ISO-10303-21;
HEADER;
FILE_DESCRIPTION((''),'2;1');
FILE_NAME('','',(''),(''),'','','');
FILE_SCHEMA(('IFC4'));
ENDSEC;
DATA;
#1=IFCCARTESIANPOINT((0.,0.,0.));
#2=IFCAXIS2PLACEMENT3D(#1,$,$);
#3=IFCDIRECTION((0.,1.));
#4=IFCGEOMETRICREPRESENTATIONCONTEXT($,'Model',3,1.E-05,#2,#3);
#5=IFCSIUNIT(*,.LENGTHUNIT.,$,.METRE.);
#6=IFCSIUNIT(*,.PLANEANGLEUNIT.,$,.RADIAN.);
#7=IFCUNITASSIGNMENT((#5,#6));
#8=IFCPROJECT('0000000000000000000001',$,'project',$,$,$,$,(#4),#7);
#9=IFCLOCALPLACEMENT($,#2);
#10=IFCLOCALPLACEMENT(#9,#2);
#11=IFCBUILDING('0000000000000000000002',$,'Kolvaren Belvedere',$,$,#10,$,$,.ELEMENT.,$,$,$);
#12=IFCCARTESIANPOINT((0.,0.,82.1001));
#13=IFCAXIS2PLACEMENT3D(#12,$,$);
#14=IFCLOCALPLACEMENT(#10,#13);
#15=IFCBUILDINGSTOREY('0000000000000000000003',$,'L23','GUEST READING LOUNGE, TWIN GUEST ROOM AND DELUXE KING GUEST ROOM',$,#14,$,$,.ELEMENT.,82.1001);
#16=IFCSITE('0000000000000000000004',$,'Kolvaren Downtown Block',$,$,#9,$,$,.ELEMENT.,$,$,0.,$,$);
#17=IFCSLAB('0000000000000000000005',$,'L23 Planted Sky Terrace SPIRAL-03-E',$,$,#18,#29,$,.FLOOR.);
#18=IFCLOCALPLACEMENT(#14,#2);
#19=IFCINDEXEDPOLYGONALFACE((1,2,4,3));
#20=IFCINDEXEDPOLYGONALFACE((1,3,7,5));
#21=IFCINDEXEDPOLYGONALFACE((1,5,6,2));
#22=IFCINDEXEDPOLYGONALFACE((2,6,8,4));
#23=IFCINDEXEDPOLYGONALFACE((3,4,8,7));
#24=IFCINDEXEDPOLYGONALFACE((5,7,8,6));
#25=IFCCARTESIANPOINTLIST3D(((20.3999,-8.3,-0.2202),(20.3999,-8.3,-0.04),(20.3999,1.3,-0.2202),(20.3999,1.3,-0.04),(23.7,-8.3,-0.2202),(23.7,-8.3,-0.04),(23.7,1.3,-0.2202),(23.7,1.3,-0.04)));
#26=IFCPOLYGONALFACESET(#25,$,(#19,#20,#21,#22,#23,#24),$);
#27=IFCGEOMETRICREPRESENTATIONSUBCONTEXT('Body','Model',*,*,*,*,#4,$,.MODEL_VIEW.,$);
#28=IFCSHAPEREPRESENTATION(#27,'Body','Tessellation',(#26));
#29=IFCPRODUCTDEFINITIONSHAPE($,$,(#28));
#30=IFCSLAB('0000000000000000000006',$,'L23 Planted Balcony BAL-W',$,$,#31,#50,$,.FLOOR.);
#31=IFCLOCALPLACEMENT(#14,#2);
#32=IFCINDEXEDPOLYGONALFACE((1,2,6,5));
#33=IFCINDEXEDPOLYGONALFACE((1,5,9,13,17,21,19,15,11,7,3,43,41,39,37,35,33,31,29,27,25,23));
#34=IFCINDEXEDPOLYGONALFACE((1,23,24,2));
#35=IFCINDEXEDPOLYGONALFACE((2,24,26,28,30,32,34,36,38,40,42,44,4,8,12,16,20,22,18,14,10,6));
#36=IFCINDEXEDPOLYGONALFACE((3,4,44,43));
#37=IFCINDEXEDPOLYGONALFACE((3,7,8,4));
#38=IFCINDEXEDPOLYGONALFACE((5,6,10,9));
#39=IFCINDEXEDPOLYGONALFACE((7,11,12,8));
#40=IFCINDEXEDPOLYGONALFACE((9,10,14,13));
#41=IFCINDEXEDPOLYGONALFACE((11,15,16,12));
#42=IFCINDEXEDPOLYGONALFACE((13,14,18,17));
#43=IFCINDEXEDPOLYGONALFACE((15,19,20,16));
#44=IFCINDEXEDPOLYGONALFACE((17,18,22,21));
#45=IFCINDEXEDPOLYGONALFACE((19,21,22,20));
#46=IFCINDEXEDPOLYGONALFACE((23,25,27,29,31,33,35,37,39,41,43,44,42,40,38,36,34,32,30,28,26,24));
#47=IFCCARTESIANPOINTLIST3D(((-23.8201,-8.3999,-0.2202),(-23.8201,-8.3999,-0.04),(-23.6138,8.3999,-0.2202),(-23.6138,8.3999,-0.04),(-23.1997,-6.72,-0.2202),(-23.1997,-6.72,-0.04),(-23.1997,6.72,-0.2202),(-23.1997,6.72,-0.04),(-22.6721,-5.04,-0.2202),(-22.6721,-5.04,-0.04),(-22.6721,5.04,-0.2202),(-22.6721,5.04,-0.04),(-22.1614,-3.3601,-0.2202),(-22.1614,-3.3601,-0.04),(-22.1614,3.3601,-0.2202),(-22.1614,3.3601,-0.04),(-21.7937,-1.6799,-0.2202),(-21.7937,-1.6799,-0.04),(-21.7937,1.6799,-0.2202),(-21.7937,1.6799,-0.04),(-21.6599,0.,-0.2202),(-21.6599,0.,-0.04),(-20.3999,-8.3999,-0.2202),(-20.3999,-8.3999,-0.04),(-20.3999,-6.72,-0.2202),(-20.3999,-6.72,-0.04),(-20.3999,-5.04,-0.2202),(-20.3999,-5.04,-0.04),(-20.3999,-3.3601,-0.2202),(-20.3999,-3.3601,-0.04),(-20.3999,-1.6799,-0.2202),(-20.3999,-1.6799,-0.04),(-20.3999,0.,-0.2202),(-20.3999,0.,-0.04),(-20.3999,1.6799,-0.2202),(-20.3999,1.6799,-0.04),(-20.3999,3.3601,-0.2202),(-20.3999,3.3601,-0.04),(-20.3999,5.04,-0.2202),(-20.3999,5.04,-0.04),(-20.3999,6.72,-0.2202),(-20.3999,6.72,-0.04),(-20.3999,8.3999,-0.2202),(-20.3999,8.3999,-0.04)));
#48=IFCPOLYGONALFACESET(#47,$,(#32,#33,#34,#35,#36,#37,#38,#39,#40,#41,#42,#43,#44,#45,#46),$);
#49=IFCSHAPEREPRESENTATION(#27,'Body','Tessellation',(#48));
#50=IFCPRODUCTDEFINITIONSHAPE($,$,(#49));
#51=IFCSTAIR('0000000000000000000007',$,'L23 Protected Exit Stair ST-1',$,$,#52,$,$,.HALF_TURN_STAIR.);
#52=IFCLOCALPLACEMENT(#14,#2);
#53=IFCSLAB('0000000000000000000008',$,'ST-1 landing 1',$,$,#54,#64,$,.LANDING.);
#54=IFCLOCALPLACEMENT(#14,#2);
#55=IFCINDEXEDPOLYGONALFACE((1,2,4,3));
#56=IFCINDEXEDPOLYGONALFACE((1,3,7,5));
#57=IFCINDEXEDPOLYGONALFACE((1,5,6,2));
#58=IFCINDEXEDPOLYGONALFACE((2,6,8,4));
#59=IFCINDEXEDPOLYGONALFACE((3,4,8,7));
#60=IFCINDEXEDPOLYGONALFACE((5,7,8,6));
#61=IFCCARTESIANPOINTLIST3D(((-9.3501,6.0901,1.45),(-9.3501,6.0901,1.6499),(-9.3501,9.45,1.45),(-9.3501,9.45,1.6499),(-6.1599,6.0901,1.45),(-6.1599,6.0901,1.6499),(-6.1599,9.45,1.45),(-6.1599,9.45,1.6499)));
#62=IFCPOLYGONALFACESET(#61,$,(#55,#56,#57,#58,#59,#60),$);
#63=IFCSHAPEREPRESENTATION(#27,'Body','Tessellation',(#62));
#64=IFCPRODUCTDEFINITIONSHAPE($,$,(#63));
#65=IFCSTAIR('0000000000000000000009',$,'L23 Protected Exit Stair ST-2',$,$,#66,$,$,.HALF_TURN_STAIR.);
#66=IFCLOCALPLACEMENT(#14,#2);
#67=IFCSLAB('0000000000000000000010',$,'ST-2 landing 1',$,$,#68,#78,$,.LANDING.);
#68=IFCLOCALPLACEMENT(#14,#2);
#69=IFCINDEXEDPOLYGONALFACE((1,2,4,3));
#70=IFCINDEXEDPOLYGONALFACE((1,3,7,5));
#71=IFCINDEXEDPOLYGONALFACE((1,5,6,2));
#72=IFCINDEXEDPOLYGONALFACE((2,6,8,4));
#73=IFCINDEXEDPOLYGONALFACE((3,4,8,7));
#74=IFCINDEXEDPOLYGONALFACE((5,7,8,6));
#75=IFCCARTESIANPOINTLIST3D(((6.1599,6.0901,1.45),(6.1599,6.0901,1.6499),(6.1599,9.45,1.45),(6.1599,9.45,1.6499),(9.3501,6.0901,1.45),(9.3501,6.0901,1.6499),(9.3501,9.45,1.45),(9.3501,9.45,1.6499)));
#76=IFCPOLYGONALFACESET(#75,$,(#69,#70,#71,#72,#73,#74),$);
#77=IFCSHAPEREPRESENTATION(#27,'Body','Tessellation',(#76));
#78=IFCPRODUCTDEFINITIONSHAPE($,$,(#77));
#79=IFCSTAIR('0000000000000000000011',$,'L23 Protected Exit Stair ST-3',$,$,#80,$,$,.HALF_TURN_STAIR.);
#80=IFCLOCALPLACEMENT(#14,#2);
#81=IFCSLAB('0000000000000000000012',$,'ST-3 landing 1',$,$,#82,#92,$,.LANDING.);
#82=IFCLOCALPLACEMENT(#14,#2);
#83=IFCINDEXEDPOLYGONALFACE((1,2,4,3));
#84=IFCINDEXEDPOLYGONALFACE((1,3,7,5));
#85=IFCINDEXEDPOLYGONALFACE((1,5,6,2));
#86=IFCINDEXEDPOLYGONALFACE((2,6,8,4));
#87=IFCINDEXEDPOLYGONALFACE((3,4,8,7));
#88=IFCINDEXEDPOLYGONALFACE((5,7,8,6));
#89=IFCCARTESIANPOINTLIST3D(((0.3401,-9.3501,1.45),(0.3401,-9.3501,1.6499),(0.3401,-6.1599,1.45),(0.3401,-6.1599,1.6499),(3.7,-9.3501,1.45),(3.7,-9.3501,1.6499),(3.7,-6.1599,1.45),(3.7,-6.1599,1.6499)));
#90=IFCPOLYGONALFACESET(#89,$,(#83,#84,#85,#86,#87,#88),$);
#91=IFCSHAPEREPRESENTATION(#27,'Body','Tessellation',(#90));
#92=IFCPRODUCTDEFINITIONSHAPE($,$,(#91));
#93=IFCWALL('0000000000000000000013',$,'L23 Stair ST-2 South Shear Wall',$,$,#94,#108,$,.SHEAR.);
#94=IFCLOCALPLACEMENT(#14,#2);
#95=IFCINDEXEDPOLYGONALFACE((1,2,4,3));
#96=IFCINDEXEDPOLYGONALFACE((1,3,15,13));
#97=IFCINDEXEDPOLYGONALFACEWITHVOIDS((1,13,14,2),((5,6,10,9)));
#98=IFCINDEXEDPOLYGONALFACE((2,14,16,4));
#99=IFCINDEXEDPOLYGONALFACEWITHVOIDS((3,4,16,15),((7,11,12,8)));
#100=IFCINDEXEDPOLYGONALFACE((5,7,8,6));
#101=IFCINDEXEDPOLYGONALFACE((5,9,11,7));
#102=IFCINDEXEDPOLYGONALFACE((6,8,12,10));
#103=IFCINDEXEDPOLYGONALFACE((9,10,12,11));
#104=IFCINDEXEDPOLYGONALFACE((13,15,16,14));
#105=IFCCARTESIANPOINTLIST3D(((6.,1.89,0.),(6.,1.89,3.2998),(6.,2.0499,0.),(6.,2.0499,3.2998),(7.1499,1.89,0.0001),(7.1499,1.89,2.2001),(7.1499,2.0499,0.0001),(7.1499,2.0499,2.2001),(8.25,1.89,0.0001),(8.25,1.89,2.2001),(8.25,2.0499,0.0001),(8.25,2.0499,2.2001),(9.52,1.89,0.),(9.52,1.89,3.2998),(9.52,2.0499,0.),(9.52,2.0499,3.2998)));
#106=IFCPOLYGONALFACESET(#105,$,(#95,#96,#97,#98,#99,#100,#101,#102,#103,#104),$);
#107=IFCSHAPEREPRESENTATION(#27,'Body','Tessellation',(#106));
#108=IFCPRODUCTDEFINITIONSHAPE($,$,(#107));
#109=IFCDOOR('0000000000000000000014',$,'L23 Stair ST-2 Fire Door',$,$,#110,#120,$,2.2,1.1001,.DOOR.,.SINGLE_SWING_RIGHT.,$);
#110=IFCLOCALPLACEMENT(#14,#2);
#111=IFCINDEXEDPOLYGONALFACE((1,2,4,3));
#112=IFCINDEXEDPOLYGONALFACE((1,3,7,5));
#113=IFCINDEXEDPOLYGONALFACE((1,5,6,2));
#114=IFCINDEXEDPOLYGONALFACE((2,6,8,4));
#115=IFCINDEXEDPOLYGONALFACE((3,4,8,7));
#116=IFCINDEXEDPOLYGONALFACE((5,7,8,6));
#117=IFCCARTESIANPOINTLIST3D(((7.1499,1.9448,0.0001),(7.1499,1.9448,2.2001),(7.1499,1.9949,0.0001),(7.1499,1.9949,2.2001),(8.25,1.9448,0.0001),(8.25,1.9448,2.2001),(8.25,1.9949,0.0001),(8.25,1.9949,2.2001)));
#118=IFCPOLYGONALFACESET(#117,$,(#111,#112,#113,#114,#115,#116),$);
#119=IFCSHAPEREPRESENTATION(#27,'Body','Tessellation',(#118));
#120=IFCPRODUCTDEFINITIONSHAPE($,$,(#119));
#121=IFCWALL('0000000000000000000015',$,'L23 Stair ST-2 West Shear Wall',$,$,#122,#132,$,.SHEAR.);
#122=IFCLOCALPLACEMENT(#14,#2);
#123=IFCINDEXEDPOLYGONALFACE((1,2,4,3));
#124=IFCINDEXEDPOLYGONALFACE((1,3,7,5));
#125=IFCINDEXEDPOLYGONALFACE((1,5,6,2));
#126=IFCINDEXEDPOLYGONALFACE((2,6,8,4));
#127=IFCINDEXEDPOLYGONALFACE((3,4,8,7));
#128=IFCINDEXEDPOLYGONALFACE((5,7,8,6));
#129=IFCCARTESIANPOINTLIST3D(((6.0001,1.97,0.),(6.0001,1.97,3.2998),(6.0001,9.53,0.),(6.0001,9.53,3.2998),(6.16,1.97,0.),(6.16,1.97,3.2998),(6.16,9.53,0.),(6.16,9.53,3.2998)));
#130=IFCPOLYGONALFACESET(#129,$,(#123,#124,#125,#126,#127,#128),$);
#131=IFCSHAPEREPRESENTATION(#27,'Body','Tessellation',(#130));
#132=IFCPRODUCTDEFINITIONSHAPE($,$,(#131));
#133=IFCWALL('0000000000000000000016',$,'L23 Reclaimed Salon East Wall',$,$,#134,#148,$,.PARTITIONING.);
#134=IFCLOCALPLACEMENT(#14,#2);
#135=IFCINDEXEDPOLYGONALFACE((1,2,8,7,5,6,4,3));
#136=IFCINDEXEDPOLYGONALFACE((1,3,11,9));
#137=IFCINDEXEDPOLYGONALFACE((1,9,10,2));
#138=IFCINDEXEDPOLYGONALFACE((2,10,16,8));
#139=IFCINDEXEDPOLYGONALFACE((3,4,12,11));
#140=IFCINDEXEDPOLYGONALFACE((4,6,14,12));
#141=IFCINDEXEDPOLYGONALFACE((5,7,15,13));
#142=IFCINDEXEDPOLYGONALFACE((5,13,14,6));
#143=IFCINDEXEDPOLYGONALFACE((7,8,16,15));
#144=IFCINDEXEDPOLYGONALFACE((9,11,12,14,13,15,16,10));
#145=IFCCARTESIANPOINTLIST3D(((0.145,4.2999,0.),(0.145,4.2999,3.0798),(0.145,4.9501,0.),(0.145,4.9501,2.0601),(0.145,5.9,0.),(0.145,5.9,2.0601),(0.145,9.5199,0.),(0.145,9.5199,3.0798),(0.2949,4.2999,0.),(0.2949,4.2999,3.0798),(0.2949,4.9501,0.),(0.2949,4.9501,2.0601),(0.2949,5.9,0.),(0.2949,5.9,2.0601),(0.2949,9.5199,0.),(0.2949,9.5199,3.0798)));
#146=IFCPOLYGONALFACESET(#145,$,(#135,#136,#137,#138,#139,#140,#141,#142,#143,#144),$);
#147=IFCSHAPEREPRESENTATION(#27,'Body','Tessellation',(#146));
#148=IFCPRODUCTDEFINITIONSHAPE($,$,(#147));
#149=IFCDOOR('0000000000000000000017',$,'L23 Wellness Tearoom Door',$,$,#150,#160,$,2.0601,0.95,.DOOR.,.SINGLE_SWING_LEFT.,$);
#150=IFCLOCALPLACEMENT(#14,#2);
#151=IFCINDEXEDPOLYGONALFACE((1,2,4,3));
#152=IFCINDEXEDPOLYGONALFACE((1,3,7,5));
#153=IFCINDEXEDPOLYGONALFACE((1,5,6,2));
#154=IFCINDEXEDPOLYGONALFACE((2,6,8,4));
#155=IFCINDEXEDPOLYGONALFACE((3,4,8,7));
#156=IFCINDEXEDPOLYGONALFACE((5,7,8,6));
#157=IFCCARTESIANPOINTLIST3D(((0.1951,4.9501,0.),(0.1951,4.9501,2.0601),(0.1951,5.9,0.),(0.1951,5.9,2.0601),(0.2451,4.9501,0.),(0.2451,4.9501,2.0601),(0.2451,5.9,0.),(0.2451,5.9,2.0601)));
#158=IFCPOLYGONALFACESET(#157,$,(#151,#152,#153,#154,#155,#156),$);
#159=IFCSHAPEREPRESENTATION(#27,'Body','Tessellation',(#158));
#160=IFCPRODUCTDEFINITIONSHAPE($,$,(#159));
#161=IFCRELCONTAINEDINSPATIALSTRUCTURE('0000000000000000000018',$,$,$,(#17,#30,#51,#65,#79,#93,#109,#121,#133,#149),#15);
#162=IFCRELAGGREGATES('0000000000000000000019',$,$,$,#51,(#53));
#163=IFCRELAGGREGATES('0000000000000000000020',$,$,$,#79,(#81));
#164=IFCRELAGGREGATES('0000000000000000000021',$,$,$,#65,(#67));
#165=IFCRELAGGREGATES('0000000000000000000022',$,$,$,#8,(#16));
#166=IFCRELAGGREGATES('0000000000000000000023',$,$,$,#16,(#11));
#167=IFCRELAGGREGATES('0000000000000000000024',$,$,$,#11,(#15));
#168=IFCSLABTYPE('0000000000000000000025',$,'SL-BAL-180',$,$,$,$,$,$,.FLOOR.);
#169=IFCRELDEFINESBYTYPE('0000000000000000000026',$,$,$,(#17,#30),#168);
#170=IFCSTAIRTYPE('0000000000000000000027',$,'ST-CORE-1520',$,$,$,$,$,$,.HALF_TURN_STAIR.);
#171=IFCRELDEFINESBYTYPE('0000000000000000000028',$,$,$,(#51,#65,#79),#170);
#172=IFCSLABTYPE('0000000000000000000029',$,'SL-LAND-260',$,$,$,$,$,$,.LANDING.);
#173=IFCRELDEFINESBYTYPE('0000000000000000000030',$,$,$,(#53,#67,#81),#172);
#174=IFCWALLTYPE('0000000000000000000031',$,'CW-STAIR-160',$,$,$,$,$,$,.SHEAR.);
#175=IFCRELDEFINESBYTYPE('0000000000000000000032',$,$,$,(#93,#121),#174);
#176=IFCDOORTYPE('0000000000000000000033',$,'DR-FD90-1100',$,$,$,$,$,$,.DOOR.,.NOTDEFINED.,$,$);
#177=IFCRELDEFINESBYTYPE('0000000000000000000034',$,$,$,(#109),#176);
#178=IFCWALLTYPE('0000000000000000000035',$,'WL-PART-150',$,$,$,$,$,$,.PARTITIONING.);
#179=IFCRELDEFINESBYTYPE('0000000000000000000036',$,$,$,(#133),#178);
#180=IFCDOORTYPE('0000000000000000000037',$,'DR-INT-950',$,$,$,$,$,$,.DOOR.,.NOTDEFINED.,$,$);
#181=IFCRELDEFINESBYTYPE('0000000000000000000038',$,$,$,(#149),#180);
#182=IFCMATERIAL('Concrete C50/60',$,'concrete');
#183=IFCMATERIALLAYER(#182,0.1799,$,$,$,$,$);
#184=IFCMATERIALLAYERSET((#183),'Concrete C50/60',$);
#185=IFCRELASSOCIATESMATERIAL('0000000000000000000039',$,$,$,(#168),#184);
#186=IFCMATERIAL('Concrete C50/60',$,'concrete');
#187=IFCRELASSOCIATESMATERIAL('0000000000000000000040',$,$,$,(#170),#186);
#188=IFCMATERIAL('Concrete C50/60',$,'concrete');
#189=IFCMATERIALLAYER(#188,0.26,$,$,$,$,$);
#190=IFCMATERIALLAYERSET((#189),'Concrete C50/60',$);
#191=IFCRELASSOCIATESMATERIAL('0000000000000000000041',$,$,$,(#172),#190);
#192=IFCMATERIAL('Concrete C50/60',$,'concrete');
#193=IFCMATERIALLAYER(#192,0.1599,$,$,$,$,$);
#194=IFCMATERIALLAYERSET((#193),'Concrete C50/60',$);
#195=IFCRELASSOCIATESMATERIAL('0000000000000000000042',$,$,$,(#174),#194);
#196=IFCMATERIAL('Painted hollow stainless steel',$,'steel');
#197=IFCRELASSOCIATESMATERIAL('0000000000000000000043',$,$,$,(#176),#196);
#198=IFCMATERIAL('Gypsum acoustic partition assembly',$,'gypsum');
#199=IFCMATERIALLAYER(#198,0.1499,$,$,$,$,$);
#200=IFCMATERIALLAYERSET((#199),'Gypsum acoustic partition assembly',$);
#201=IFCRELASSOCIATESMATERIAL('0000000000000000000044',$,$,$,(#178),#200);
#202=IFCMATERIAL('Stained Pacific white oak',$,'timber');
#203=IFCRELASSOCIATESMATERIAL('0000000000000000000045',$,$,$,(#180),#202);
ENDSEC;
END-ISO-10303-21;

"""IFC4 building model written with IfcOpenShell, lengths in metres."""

from ifc_helpers import new_model, si_unit, direction, frame, frame_2d, origin, place, context, subcontext, project, spatial, polyline, rectangle, outline, extrude, material, layer, layer_set, type_object, element, fill, aggregate, save


model = new_model("IFC4")

# Units and contexts
model_context = context("Model", 3, precision=1e-05, world=origin(), true_north=direction((0.0, 1.0)))
body_context = subcontext(model_context, "Body", "Model", "MODEL_VIEW")
ifc_project = project(units=[si_unit("LENGTHUNIT", "METRE"), si_unit("PLANEANGLEUNIT", "RADIAN")], contexts=[model_context])

# Site, building, storey
site_placement = place(None, origin())
site = spatial("IfcSite", under=ifc_project, at=site_placement, Name="Kolvaren Downtown Block", CompositionType="ELEMENT", RefElevation=0.0)
building_placement = place(site_placement, origin())
building = spatial("IfcBuilding", under=site, at=building_placement, Name="Kolvaren Belvedere", CompositionType="ELEMENT")
storey_placement = place(building_placement, frame((0.0, 0.0, 82.1001)))
storey = spatial("IfcBuildingStorey", under=building, at=storey_placement, Name="L23", Description="GUEST READING LOUNGE, TWIN GUEST ROOM AND DELUXE KING GUEST ROOM", CompositionType="ELEMENT", Elevation=82.1001)

# Slabs
ifc_material_1 = material(Name="Concrete C50/60", Category="concrete")
ifc_layer_1 = layer(ifc_material_1, 0.1799)
ifc_layer_set_1 = layer_set([ifc_layer_1], Name="Concrete C50/60")
slab_type_1 = type_object("IfcSlabType", Name="SL-BAL-180", PredefinedType="FLOOR", material=ifc_layer_set_1)
slab_1_placement = place(storey_placement, frame((0.0, 0.0, -0.2202)))
element("IfcSlab", 1, at=slab_1_placement, inside=storey, type_object=slab_type_1, Name="L23 Planted Sky Terrace SPIRAL-03-E", PredefinedType="FLOOR", context=body_context, shape_type="SweptSolid", body=[
    extrude(outline(polyline([(20.3999, -8.3), (23.7, -8.3), (23.7, 1.3), (20.3999, 1.3), (20.3999, -8.3)])), origin(), (0.0, 0.0, 1.0), 0.1802),
])
slab_2_placement = place(storey_placement, frame((0.0, 0.0, -0.2202)))
element("IfcSlab", 2, at=slab_2_placement, inside=storey, type_object=slab_type_1, Name="L23 Planted Balcony BAL-W", PredefinedType="FLOOR", context=body_context, shape_type="SweptSolid", body=[
    extrude(outline(polyline([(-23.6138, 8.3999), (-23.1997, 6.72), (-22.6721, 5.04), (-22.1614, 3.3601), (-21.7937, 1.6799), (-21.6599, 0.0), (-21.7937, -1.6799), (-22.1614, -3.3601), (-22.6721, -5.04), (-23.1997, -6.72), (-23.8201, -8.3999), (-20.3999, -8.3999), (-20.3999, -6.72), (-20.3999, -5.04), (-20.3999, -3.3601), (-20.3999, -1.6799), (-20.3999, 0.0), (-20.3999, 1.6799), (-20.3999, 3.3601), (-20.3999, 5.04), (-20.3999, 6.72), (-20.3999, 8.3999), (-23.6138, 8.3999)])), origin(), (0.0, 0.0, 1.0), 0.1802),
])

# Stairs, slabs
ifc_material_2 = material(Name="Concrete C50/60", Category="concrete")
stair_type = type_object("IfcStairType", Name="ST-CORE-1520", PredefinedType="HALF_TURN_STAIR", material=ifc_material_2)
stair_1_placement = place(storey_placement, origin())
stair_1 = element("IfcStair", 3, at=stair_1_placement, inside=storey, type_object=stair_type, Name="L23 Protected Exit Stair ST-1", PredefinedType="HALF_TURN_STAIR")
ifc_material_3 = material(Name="Concrete C50/60", Category="concrete")
ifc_layer_2 = layer(ifc_material_3, 0.26)
ifc_layer_set_2 = layer_set([ifc_layer_2], Name="Concrete C50/60")
slab_type_2 = type_object("IfcSlabType", Name="SL-LAND-260", PredefinedType="LANDING", material=ifc_layer_set_2)
slab_3_placement = place(storey_placement, frame((0.0, 0.0, 1.45)))
slab_3 = element("IfcSlab", 4, at=slab_3_placement, type_object=slab_type_2, Name="ST-1 landing 1", PredefinedType="LANDING", context=body_context, shape_type="SweptSolid", body=[
    extrude(outline(polyline([(-6.1599, 6.0901), (-6.1599, 9.45), (-9.3501, 9.45), (-9.3501, 6.0901), (-6.1599, 6.0901)])), origin(), (0.0, 0.0, 1.0), 0.2),
])
aggregate(stair_1, [slab_3])
stair_2_placement = place(storey_placement, origin())
stair_2 = element("IfcStair", 5, at=stair_2_placement, inside=storey, type_object=stair_type, Name="L23 Protected Exit Stair ST-2", PredefinedType="HALF_TURN_STAIR")
slab_4_placement = place(storey_placement, frame((0.0, 0.0, 1.45)))
slab_4 = element("IfcSlab", 6, at=slab_4_placement, type_object=slab_type_2, Name="ST-2 landing 1", PredefinedType="LANDING", context=body_context, shape_type="SweptSolid", body=[
    extrude(outline(polyline([(9.3501, 6.0901), (9.3501, 9.45), (6.1599, 9.45), (6.1599, 6.0901), (9.3501, 6.0901)])), origin(), (0.0, 0.0, 1.0), 0.2),
])
stair_3_placement = place(storey_placement, origin())
stair_3 = element("IfcStair", 7, at=stair_3_placement, inside=storey, type_object=stair_type, Name="L23 Protected Exit Stair ST-3", PredefinedType="HALF_TURN_STAIR")
slab_5_placement = place(storey_placement, frame((0.0, 0.0, 1.45)))
slab_5 = element("IfcSlab", 8, at=slab_5_placement, type_object=slab_type_2, Name="ST-3 landing 1", PredefinedType="LANDING", context=body_context, shape_type="SweptSolid", body=[
    extrude(outline(polyline([(0.3401, -9.3501), (3.7, -9.3501), (3.7, -6.1599), (0.3401, -6.1599), (0.3401, -9.3501)])), origin(), (0.0, 0.0, 1.0), 0.2),
])
aggregate(stair_3, [slab_5])

# Wall, opening, door
ifc_material_4 = material(Name="Concrete C50/60", Category="concrete")
ifc_layer_3 = layer(ifc_material_4, 0.1599)
ifc_layer_set_3 = layer_set([ifc_layer_3], Name="Concrete C50/60")
wall_type_1 = type_object("IfcWallType", Name="CW-STAIR-160", PredefinedType="SHEAR", material=ifc_layer_set_3)
wall_1_placement = place(storey_placement, frame((6.0, 1.97, 0.0), z_axis=(0.0, 0.0, 1.0), x_axis=(1.0, 0.0, 0.0)))
wall_1 = element("IfcWall", 9, at=wall_1_placement, inside=storey, type_object=wall_type_1, Name="L23 Stair ST-2 South Shear Wall", PredefinedType="SHEAR", context=body_context, shape_type="SweptSolid", body=[
    extrude(rectangle(XDim=3.52, YDim=0.1599, at=frame_2d((1.76, 0.0))), origin(), (0.0, 0.0, 1.0), 3.2998),
])
opening_1_placement = place(wall_1_placement, frame((1.1499, 0.0, 0.0)))
opening_1 = element("IfcOpeningElement", 10, at=opening_1_placement, cuts=wall_1, PredefinedType="OPENING", context=body_context, shape_type="SweptSolid", body=[
    extrude(rectangle(XDim=1.1001, YDim=2.2, at=frame_2d((0.55, 1.1001))), frame((0.0, 0.0898, 0.0), z_axis=(0.0, -1.0, 0.0), x_axis=(1.0, 0.0, 0.0)), (0.0, 0.0, 1.0), 0.1799),
])
ifc_material_5 = material(Name="Painted hollow stainless steel", Category="steel")
door_type_1 = type_object("IfcDoorType", Name="DR-FD90-1100", OperationType="NOTDEFINED", PredefinedType="DOOR", material=ifc_material_5)
door_1_placement = place(opening_1_placement, origin())
door_1 = element("IfcDoor", 11, at=door_1_placement, inside=storey, type_object=door_type_1, Name="L23 Stair ST-2 Fire Door", OperationType="SINGLE_SWING_RIGHT", OverallHeight=2.2, OverallWidth=1.1001, PredefinedType="DOOR", context=body_context, shape_type="SweptSolid", body=[
    extrude(rectangle(XDim=1.1001, YDim=2.2, at=frame_2d((0.55, 1.1001))), frame((0.0, 0.0249, 0.0), z_axis=(0.0, -1.0, 0.0), x_axis=(1.0, 0.0, 0.0)), (0.0, 0.0, 1.0), 0.05),
])
fill(opening_1, door_1)

# Wall
wall_2_placement = place(storey_placement, frame((6.0801, 1.97, 0.0), z_axis=(0.0, 0.0, 1.0), x_axis=(0.0, 1.0, 0.0)))
element("IfcWall", 12, at=wall_2_placement, inside=storey, type_object=wall_type_1, Name="L23 Stair ST-2 West Shear Wall", PredefinedType="SHEAR", context=body_context, shape_type="SweptSolid", body=[
    extrude(rectangle(XDim=7.5601, YDim=0.1599, at=frame_2d((3.78, 0.0))), origin(), (0.0, 0.0, 1.0), 3.2998),
])

# Wall, opening, door
ifc_material_6 = material(Name="Gypsum acoustic partition assembly", Category="gypsum")
ifc_layer_4 = layer(ifc_material_6, 0.1499)
ifc_layer_set_4 = layer_set([ifc_layer_4], Name="Gypsum acoustic partition assembly")
wall_type_2 = type_object("IfcWallType", Name="WL-PART-150", PredefinedType="PARTITIONING", material=ifc_layer_set_4)
wall_3_placement = place(storey_placement, frame((0.22, 4.3, 0.0), z_axis=(0.0, 0.0, 1.0), x_axis=(0.0, 1.0, 0.0)))
wall_3 = element("IfcWall", 13, at=wall_3_placement, inside=storey, type_object=wall_type_2, Name="L23 Reclaimed Salon East Wall", PredefinedType="PARTITIONING", context=body_context, shape_type="SweptSolid", body=[
    extrude(rectangle(XDim=5.22, YDim=0.1499, at=frame_2d((2.6099, 0.0))), origin(), (0.0, 0.0, 1.0), 3.0798),
])
opening_2_placement = place(wall_3_placement, frame((0.6499, 0.0, 0.0)))
opening_2 = element("IfcOpeningElement", 14, at=opening_2_placement, cuts=wall_3, PredefinedType="OPENING", context=body_context, shape_type="SweptSolid", body=[
    extrude(rectangle(XDim=0.95, YDim=2.0601, at=frame_2d((0.4751, 1.03))), frame((0.0, 0.085, 0.0), z_axis=(0.0, -1.0, 0.0), x_axis=(1.0, 0.0, 0.0)), (0.0, 0.0, 1.0), 0.1699),
])
ifc_material_7 = material(Name="Stained Pacific white oak", Category="timber")
door_type_2 = type_object("IfcDoorType", Name="DR-INT-950", OperationType="NOTDEFINED", PredefinedType="DOOR", material=ifc_material_7)
door_2_placement = place(opening_2_placement, origin())
door_2 = element("IfcDoor", 15, at=door_2_placement, inside=storey, type_object=door_type_2, Name="L23 Wellness Tearoom Door", OperationType="SINGLE_SWING_LEFT", OverallHeight=2.0601, OverallWidth=0.95, PredefinedType="DOOR", context=body_context, shape_type="SweptSolid", body=[
    extrude(rectangle(XDim=0.95, YDim=2.0601, at=frame_2d((0.4751, 1.03))), frame((0.0, 0.0249, 0.0), z_axis=(0.0, -1.0, 0.0), x_axis=(1.0, 0.0, 0.0)), (0.0, 0.0, 1.0), 0.05),
])
fill(opening_2, door_2)

aggregate(stair_2, [slab_4])

save(model, "model.ifc")
